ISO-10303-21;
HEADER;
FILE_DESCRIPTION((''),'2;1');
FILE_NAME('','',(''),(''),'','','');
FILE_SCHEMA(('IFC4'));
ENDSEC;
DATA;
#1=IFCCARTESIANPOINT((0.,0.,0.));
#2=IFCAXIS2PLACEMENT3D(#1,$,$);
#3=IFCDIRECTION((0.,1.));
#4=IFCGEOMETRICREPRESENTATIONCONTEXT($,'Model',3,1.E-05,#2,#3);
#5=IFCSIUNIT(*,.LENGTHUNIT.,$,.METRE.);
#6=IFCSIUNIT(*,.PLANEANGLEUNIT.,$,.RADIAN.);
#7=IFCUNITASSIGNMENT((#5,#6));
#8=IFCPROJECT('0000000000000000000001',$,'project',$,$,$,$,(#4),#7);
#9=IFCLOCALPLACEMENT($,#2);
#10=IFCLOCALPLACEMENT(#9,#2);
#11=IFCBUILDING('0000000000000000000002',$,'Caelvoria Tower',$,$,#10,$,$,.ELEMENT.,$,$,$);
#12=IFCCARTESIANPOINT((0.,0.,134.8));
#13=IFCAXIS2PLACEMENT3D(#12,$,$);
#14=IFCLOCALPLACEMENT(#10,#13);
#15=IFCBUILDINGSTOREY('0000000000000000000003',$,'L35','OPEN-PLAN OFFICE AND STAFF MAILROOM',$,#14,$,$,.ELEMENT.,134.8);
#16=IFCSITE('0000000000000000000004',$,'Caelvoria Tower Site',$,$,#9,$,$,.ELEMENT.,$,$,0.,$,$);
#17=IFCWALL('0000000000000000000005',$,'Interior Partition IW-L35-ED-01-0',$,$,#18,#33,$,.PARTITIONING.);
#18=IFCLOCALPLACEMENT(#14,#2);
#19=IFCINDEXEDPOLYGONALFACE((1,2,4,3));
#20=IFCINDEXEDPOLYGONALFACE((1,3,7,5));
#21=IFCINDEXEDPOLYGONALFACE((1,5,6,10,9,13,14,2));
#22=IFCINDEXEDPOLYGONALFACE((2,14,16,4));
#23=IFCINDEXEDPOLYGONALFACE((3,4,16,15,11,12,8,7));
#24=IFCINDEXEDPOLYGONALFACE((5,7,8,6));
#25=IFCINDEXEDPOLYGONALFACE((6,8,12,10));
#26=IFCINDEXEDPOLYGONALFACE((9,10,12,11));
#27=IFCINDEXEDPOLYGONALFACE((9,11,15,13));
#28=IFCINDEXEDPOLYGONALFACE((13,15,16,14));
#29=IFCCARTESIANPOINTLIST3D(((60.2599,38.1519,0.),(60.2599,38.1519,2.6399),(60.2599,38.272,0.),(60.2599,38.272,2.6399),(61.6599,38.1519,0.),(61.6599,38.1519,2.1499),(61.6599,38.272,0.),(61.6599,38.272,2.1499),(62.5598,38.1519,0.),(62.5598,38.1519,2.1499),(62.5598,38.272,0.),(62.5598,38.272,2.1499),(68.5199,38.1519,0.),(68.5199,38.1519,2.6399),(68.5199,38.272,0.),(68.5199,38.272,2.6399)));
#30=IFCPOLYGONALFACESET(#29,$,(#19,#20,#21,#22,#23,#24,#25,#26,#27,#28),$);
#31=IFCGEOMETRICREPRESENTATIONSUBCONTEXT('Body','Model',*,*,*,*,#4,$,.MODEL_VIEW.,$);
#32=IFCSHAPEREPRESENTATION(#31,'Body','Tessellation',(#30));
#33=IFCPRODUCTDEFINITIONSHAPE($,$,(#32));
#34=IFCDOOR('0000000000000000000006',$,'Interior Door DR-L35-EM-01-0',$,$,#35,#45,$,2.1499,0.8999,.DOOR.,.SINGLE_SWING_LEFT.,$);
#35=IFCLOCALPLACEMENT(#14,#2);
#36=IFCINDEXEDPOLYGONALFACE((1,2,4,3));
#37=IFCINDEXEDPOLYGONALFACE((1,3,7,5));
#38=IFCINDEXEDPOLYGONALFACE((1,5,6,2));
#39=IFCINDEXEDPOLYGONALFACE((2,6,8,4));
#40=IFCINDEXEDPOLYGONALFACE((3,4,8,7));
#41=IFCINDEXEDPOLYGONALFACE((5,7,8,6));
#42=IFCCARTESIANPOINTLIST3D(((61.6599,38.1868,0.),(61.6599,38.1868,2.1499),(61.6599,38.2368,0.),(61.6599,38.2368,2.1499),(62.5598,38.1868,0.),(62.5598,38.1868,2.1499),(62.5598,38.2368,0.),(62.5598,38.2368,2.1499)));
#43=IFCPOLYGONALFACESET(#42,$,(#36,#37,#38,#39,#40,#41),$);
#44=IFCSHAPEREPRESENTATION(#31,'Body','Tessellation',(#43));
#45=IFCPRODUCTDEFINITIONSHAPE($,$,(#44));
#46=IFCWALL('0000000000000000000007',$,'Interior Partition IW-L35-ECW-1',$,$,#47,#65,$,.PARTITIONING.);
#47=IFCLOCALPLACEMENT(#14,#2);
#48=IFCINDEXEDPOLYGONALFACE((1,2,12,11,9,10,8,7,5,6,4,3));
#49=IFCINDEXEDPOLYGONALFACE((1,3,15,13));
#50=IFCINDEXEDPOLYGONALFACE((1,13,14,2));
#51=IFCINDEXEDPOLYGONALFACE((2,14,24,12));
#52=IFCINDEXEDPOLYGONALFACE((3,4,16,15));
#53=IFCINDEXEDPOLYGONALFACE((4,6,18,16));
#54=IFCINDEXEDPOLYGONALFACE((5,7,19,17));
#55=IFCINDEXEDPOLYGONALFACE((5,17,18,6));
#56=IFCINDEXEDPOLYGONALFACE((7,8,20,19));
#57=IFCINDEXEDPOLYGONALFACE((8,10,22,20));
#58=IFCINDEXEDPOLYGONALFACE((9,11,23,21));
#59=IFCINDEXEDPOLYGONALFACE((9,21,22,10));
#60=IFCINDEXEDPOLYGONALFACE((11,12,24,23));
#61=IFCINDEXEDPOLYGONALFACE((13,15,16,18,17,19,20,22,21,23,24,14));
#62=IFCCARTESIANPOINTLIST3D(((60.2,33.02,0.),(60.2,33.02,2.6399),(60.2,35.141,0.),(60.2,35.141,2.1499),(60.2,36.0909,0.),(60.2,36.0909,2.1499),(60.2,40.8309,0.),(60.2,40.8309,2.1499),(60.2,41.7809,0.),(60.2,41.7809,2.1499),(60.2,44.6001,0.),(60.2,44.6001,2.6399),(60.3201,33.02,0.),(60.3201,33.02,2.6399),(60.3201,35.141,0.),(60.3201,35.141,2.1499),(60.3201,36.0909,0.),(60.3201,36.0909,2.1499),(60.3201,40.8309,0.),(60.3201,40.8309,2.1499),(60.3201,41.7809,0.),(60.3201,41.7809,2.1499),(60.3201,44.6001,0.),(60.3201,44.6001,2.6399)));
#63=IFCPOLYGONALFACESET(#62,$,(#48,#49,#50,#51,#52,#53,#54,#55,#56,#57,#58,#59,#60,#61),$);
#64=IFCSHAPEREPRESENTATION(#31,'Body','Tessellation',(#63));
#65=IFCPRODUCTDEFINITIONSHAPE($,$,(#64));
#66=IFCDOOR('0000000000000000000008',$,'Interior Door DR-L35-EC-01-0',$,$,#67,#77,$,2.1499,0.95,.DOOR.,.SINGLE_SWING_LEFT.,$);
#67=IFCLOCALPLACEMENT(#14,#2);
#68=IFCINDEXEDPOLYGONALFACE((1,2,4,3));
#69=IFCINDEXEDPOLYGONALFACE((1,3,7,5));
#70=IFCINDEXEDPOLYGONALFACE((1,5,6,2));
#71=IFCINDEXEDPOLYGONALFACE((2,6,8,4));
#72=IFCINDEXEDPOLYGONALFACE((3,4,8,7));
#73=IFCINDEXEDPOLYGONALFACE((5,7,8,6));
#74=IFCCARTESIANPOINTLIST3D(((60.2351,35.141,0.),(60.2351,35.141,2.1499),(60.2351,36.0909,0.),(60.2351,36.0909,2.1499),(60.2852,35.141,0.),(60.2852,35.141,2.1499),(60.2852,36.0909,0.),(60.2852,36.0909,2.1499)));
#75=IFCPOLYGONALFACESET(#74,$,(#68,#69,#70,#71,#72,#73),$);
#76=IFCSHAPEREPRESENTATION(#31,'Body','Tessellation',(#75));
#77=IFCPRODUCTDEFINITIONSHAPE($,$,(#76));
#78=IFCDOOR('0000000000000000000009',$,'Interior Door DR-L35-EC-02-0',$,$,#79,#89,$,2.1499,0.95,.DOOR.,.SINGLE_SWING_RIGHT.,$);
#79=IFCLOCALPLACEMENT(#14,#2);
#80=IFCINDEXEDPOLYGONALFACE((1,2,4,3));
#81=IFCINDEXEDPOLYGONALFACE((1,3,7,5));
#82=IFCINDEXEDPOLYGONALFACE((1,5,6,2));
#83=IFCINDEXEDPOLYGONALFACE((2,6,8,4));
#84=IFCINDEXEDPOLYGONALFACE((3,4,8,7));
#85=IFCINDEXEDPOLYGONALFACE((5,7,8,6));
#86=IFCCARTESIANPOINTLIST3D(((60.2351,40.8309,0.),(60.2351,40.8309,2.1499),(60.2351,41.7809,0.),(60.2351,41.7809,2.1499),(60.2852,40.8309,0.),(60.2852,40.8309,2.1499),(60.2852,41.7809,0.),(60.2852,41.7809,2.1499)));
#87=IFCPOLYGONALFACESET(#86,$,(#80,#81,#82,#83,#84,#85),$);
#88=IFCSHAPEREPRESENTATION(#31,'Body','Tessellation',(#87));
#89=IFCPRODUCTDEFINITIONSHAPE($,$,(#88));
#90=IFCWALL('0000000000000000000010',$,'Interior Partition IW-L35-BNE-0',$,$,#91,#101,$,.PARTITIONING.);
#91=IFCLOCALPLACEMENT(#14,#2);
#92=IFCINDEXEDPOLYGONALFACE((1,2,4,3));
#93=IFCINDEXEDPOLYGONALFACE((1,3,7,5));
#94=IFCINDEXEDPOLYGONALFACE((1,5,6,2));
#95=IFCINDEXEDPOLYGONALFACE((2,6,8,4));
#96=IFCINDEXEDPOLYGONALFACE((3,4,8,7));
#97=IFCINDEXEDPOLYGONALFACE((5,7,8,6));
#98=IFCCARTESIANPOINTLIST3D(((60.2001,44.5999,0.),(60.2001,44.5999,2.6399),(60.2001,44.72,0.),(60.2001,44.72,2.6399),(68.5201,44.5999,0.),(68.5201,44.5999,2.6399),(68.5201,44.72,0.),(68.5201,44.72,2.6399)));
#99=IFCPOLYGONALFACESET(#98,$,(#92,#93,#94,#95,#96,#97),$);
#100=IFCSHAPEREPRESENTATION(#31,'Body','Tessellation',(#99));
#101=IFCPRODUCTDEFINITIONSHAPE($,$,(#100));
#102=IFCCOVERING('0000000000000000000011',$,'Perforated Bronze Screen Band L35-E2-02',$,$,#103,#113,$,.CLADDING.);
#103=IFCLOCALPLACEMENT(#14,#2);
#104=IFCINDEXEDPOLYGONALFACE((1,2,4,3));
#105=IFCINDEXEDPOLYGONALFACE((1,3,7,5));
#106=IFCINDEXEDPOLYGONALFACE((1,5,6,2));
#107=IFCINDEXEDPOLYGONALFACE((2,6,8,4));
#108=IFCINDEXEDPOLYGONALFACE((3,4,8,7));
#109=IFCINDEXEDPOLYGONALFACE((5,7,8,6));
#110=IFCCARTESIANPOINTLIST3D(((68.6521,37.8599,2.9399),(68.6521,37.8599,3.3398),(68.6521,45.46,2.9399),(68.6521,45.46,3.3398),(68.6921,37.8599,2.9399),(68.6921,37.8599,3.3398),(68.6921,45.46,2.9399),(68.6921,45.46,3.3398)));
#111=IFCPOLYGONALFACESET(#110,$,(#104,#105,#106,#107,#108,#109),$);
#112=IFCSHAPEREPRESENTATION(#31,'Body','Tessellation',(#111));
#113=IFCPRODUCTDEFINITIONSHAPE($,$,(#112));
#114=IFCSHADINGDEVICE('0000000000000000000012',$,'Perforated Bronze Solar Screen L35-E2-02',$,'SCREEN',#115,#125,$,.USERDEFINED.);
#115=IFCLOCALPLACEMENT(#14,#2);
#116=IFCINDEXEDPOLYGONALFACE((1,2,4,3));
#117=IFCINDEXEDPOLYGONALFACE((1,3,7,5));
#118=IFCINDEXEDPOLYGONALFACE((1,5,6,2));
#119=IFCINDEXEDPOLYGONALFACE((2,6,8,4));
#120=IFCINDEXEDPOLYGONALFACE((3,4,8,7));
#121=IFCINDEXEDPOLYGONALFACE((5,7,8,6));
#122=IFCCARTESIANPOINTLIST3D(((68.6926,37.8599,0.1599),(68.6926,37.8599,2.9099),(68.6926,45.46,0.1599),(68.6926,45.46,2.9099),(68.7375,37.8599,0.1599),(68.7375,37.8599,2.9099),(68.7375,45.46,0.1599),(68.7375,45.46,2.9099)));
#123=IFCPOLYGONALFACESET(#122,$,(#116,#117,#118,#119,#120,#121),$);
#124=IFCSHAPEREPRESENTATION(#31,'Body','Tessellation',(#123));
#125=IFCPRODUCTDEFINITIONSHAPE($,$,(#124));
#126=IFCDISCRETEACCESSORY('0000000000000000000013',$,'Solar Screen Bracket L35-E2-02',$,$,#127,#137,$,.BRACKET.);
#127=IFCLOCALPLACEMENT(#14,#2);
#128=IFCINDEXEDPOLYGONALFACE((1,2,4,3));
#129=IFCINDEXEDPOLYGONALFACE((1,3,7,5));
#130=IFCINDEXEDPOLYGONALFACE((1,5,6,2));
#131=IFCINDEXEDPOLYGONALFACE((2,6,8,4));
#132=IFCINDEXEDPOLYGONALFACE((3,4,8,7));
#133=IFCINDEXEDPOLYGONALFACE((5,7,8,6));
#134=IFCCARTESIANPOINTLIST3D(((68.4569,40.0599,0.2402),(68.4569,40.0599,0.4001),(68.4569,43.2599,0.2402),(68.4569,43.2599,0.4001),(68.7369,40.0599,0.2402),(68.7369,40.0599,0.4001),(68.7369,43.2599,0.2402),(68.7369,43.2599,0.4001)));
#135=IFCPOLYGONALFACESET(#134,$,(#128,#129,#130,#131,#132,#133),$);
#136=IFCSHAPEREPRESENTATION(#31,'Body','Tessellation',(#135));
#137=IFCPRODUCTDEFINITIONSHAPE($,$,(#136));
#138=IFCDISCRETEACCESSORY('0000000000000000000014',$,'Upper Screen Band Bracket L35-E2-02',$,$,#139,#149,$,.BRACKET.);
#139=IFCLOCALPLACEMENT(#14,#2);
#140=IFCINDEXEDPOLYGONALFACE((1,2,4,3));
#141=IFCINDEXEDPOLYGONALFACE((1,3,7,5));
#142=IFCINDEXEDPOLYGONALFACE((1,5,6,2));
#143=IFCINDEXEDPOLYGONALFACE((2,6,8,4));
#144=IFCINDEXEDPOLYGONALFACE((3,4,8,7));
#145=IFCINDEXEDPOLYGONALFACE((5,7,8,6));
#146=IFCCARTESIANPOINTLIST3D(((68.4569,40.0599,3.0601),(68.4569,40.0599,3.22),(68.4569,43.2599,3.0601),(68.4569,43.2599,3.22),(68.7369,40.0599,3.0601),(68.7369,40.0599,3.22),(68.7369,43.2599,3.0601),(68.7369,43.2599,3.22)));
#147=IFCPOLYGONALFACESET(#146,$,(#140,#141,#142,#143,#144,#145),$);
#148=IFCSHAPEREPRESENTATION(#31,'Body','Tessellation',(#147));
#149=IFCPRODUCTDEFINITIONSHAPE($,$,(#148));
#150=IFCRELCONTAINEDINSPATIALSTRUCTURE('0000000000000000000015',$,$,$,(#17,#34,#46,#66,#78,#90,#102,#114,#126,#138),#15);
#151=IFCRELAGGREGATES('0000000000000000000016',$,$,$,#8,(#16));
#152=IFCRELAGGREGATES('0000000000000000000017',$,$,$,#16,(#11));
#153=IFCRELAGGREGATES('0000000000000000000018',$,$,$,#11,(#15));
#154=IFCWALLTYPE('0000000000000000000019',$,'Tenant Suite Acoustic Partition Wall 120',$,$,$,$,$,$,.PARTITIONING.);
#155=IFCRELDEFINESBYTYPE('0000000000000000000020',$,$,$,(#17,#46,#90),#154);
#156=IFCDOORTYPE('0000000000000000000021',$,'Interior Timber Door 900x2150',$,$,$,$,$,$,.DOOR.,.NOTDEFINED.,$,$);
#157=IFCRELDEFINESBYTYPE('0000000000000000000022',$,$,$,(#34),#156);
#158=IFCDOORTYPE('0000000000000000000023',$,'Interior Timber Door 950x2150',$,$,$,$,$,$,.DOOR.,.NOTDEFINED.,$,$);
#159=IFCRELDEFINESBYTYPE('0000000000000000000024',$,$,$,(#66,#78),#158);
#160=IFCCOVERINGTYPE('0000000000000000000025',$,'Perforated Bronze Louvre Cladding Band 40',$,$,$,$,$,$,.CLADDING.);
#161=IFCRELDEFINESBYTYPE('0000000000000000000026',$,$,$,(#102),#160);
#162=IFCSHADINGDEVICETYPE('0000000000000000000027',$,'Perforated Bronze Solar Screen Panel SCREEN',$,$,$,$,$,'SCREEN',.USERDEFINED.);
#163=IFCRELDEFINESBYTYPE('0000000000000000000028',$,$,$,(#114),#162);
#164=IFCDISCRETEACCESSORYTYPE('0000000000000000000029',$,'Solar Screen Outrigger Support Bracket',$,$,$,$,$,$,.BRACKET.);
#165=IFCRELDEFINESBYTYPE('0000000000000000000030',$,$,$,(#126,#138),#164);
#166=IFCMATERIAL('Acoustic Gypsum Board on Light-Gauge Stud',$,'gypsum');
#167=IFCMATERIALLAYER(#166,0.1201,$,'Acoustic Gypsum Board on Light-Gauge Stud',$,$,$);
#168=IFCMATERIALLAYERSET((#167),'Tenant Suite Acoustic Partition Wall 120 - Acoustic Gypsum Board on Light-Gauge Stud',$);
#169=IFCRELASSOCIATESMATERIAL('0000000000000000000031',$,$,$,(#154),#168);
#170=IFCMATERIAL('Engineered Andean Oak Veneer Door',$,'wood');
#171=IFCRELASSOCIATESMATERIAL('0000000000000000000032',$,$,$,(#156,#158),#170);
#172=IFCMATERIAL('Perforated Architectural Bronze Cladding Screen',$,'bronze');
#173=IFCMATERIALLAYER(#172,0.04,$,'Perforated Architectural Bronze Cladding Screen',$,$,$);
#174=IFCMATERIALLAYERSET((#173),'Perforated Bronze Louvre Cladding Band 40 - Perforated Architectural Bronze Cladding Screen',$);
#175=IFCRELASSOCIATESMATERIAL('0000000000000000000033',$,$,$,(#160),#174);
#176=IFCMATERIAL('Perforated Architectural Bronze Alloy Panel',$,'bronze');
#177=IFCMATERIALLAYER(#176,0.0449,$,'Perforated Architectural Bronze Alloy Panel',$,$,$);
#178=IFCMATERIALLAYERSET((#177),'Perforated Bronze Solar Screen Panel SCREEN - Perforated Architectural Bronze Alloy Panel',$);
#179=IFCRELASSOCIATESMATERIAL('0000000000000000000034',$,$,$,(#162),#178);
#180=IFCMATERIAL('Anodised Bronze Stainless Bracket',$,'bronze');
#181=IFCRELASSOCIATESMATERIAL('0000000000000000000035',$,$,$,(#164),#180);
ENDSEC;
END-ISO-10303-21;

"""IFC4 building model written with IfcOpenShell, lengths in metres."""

from ifc_helpers import new_model, si_unit, direction, frame, frame_2d, origin, origin_2d, place, context, subcontext, project, spatial, rectangle, extrude, material, layer, layer_set, type_object, element, fill, save


model = new_model("IFC4")

# Units and contexts
model_context = context("Model", 3, precision=1e-05, world=origin(), true_north=direction((0.0, 1.0)))
body_context = subcontext(model_context, "Body", "Model", "MODEL_VIEW")
ifc_project = project(units=[si_unit("LENGTHUNIT", "METRE"), si_unit("PLANEANGLEUNIT", "RADIAN")], contexts=[model_context])

# Site, building, storey
site_placement = place(None, origin())
site = spatial("IfcSite", under=ifc_project, at=site_placement, Name="Caelvoria Tower Site", CompositionType="ELEMENT", RefElevation=0.0)
building_placement = place(site_placement, origin())
building = spatial("IfcBuilding", under=site, at=building_placement, Name="Caelvoria Tower", CompositionType="ELEMENT")
storey_placement = place(building_placement, frame((0.0, 0.0, 134.8)))
storey = spatial("IfcBuildingStorey", under=building, at=storey_placement, Name="L35", Description="OPEN-PLAN OFFICE AND STAFF MAILROOM", CompositionType="ELEMENT", Elevation=134.8)

# Wall, opening, door
ifc_material_1 = material(Name="Acoustic Gypsum Board on Light-Gauge Stud", Category="gypsum")
ifc_layer_1 = layer(ifc_material_1, 0.1201, Name="Acoustic Gypsum Board on Light-Gauge Stud")
ifc_layer_set_1 = layer_set([ifc_layer_1], Name="Tenant Suite Acoustic Partition Wall 120 - Acoustic Gypsum Board on Light-Gauge Stud")
wall_type_1 = type_object("IfcWallType", Name="Tenant Suite Acoustic Partition Wall 120", PredefinedType="PARTITIONING", material=ifc_layer_set_1)
wall_1_placement = place(storey_placement, frame((60.26, 38.2119, 0.0), z_axis=(0.0, 0.0, 1.0), x_axis=(1.0, 0.0, 0.0)))
wall_1 = element("IfcWall", 1, at=wall_1_placement, inside=storey, type_object=wall_type_1, Name="Interior Partition IW-L35-ED-01-0", PredefinedType="PARTITIONING", context=body_context, shape_type="SweptSolid", body=[
    extrude(rectangle(XDim=8.26, YDim=0.1201, at=frame_2d((4.1299, 0.0))), origin(), (0.0, 0.0, 1.0), 2.6399),
])
opening_1_placement = place(wall_1_placement, frame((1.3999, 0.0, 0.0)))
opening_1 = element("IfcOpeningElement", 2, at=opening_1_placement, cuts=wall_1, PredefinedType="OPENING", context=body_context, shape_type="SweptSolid", body=[
    extrude(rectangle(XDim=0.8999, YDim=2.1499, at=frame_2d((0.45, 1.075))), frame((0.0, 0.0701, 0.0), z_axis=(0.0, -1.0, 0.0), x_axis=(1.0, 0.0, 0.0)), (0.0, 0.0, 1.0), 0.1401),
])
ifc_material_2 = material(Name="Engineered Andean Oak Veneer Door", Category="wood")
door_type_1 = type_object("IfcDoorType", Name="Interior Timber Door 900x2150", OperationType="NOTDEFINED", PredefinedType="DOOR", material=ifc_material_2)
door_1_placement = place(opening_1_placement, origin())
door_1 = element("IfcDoor", 3, at=door_1_placement, inside=storey, type_object=door_type_1, Name="Interior Door DR-L35-EM-01-0", OperationType="SINGLE_SWING_LEFT", OverallHeight=2.1499, OverallWidth=0.8999, PredefinedType="DOOR", context=body_context, shape_type="SweptSolid", body=[
    extrude(rectangle(XDim=0.8999, YDim=2.1499, at=frame_2d((0.45, 1.075))), frame((0.0, 0.0249, 0.0), z_axis=(0.0, -1.0, 0.0), x_axis=(1.0, 0.0, 0.0)), (0.0, 0.0, 1.0), 0.05),
])
fill(opening_1, door_1)

# Wall, openings, doors
wall_2_placement = place(storey_placement, frame((60.26, 33.02, 0.0), z_axis=(0.0, 0.0, 1.0), x_axis=(0.0, 1.0, 0.0)))
wall_2 = element("IfcWall", 4, at=wall_2_placement, inside=storey, type_object=wall_type_1, Name="Interior Partition IW-L35-ECW-1", PredefinedType="PARTITIONING", context=body_context, shape_type="SweptSolid", body=[
    extrude(rectangle(XDim=11.5801, YDim=0.1201, at=frame_2d((5.79, 0.0))), origin(), (0.0, 0.0, 1.0), 2.6399),
])
opening_2_placement = place(wall_2_placement, frame((2.1208, 0.0, 0.0)))
opening_2 = element("IfcOpeningElement", 5, at=opening_2_placement, cuts=wall_2, PredefinedType="OPENING", context=body_context, shape_type="SweptSolid", body=[
    extrude(rectangle(XDim=0.95, YDim=2.1499, at=frame_2d((0.4751, 1.075))), frame((0.0, 0.0701, 0.0), z_axis=(0.0, -1.0, 0.0), x_axis=(1.0, 0.0, 0.0)), (0.0, 0.0, 1.0), 0.1401),
])
opening_3_placement = place(wall_2_placement, frame((7.8108, 0.0, 0.0)))
opening_3 = element("IfcOpeningElement", 6, at=opening_3_placement, cuts=wall_2, PredefinedType="OPENING", context=body_context, shape_type="SweptSolid", body=[
    extrude(rectangle(XDim=0.95, YDim=2.1499, at=frame_2d((0.4751, 1.075))), frame((0.0, 0.0701, 0.0), z_axis=(0.0, -1.0, 0.0), x_axis=(1.0, 0.0, 0.0)), (0.0, 0.0, 1.0), 0.1401),
])
door_type_2 = type_object("IfcDoorType", Name="Interior Timber Door 950x2150", OperationType="NOTDEFINED", PredefinedType="DOOR", material=ifc_material_2)
door_2_placement = place(opening_2_placement, origin())
door_2 = element("IfcDoor", 7, at=door_2_placement, inside=storey, type_object=door_type_2, Name="Interior Door DR-L35-EC-01-0", OperationType="SINGLE_SWING_LEFT", OverallHeight=2.1499, OverallWidth=0.95, PredefinedType="DOOR", context=body_context, shape_type="SweptSolid", body=[
    extrude(rectangle(XDim=0.95, YDim=2.1499, at=frame_2d((0.4751, 1.075))), frame((0.0, 0.0249, 0.0), z_axis=(0.0, -1.0, 0.0), x_axis=(1.0, 0.0, 0.0)), (0.0, 0.0, 1.0), 0.05),
])
fill(opening_2, door_2)
door_3_placement = place(opening_3_placement, origin())
door_3 = element("IfcDoor", 8, at=door_3_placement, inside=storey, type_object=door_type_2, Name="Interior Door DR-L35-EC-02-0", OperationType="SINGLE_SWING_RIGHT", OverallHeight=2.1499, OverallWidth=0.95, PredefinedType="DOOR", context=body_context, shape_type="SweptSolid", body=[
    extrude(rectangle(XDim=0.95, YDim=2.1499, at=frame_2d((0.4751, 1.075))), frame((0.0, 0.0249, 0.0), z_axis=(0.0, -1.0, 0.0), x_axis=(1.0, 0.0, 0.0)), (0.0, 0.0, 1.0), 0.05),
])
fill(opening_3, door_3)

# Wall
wall_3_placement = place(storey_placement, frame((60.2, 44.6599, 0.0), z_axis=(0.0, 0.0, 1.0), x_axis=(1.0, 0.0, 0.0)))
element("IfcWall", 9, at=wall_3_placement, inside=storey, type_object=wall_type_1, Name="Interior Partition IW-L35-BNE-0", PredefinedType="PARTITIONING", context=body_context, shape_type="SweptSolid", body=[
    extrude(rectangle(XDim=8.3201, YDim=0.1201, at=frame_2d((4.1602, 0.0))), origin(), (0.0, 0.0, 1.0), 2.6399),
])

# Covering
ifc_material_3 = material(Name="Perforated Architectural Bronze Cladding Screen", Category="bronze")
ifc_layer_2 = layer(ifc_material_3, 0.04, Name="Perforated Architectural Bronze Cladding Screen")
ifc_layer_set_2 = layer_set([ifc_layer_2], Name="Perforated Bronze Louvre Cladding Band 40 - Perforated Architectural Bronze Cladding Screen")
covering_type = type_object("IfcCoveringType", Name="Perforated Bronze Louvre Cladding Band 40", PredefinedType="CLADDING", material=ifc_layer_set_2)
covering_placement = place(storey_placement, frame((68.6721, 41.6599, 2.9399), z_axis=(0.0, 0.0, 1.0), x_axis=(0.0, 1.0, 0.0)))
element("IfcCovering", 10, at=covering_placement, inside=storey, type_object=covering_type, Name="Perforated Bronze Screen Band L35-E2-02", PredefinedType="CLADDING", context=body_context, shape_type="SweptSolid", body=[
    extrude(rectangle(XDim=7.6001, YDim=0.04, at=origin_2d()), origin(), (0.0, 0.0, 1.0), 0.3999),
])

# Shading device
ifc_material_4 = material(Name="Perforated Architectural Bronze Alloy Panel", Category="bronze")
ifc_layer_3 = layer(ifc_material_4, 0.0449, Name="Perforated Architectural Bronze Alloy Panel")
ifc_layer_set_3 = layer_set([ifc_layer_3], Name="Perforated Bronze Solar Screen Panel SCREEN - Perforated Architectural Bronze Alloy Panel")
shading_device_type = type_object("IfcShadingDeviceType", Name="Perforated Bronze Solar Screen Panel SCREEN", ElementType="SCREEN", PredefinedType="USERDEFINED", material=ifc_layer_set_3)
shading_device_placement = place(storey_placement, frame((68.7151, 41.6599, 0.1599), z_axis=(0.0, 0.0, 1.0), x_axis=(0.0, 1.0, 0.0)))
element("IfcShadingDevice", 11, at=shading_device_placement, inside=storey, type_object=shading_device_type, Name="Perforated Bronze Solar Screen L35-E2-02", ObjectType="SCREEN", PredefinedType="USERDEFINED", context=body_context, shape_type="SweptSolid", body=[
    extrude(rectangle(XDim=7.6001, YDim=0.0449, at=origin_2d()), origin(), (0.0, 0.0, 1.0), 2.75),
])

# Discrete accessories
ifc_material_5 = material(Name="Anodised Bronze Stainless Bracket", Category="bronze")
discrete_accessory_type = type_object("IfcDiscreteAccessoryType", Name="Solar Screen Outrigger Support Bracket", PredefinedType="BRACKET", material=ifc_material_5)
for number, where, z_axis, x_axis, name in (
    (12, (68.5969, 41.6599, 0.2402), (0.0, 0.0, 1.0), (0.0, 1.0, 0.0), "Solar Screen Bracket L35-E2-02"),
    (13, (68.5969, 41.6599, 3.0601), (0.0, 0.0, 1.0), (0.0, 1.0, 0.0), "Upper Screen Band Bracket L35-E2-02"),
):
    element("IfcDiscreteAccessory", number, at=place(storey_placement, frame(where, z_axis=z_axis, x_axis=x_axis)), inside=storey, type_object=discrete_accessory_type, Name=name, PredefinedType="BRACKET", context=body_context, shape_type="SweptSolid", body=[
        extrude(rectangle(XDim=3.2, YDim=0.28, at=origin_2d()), origin(), (0.0, 0.0, 1.0), 0.1599),
    ])

save(model, "model.ifc")
